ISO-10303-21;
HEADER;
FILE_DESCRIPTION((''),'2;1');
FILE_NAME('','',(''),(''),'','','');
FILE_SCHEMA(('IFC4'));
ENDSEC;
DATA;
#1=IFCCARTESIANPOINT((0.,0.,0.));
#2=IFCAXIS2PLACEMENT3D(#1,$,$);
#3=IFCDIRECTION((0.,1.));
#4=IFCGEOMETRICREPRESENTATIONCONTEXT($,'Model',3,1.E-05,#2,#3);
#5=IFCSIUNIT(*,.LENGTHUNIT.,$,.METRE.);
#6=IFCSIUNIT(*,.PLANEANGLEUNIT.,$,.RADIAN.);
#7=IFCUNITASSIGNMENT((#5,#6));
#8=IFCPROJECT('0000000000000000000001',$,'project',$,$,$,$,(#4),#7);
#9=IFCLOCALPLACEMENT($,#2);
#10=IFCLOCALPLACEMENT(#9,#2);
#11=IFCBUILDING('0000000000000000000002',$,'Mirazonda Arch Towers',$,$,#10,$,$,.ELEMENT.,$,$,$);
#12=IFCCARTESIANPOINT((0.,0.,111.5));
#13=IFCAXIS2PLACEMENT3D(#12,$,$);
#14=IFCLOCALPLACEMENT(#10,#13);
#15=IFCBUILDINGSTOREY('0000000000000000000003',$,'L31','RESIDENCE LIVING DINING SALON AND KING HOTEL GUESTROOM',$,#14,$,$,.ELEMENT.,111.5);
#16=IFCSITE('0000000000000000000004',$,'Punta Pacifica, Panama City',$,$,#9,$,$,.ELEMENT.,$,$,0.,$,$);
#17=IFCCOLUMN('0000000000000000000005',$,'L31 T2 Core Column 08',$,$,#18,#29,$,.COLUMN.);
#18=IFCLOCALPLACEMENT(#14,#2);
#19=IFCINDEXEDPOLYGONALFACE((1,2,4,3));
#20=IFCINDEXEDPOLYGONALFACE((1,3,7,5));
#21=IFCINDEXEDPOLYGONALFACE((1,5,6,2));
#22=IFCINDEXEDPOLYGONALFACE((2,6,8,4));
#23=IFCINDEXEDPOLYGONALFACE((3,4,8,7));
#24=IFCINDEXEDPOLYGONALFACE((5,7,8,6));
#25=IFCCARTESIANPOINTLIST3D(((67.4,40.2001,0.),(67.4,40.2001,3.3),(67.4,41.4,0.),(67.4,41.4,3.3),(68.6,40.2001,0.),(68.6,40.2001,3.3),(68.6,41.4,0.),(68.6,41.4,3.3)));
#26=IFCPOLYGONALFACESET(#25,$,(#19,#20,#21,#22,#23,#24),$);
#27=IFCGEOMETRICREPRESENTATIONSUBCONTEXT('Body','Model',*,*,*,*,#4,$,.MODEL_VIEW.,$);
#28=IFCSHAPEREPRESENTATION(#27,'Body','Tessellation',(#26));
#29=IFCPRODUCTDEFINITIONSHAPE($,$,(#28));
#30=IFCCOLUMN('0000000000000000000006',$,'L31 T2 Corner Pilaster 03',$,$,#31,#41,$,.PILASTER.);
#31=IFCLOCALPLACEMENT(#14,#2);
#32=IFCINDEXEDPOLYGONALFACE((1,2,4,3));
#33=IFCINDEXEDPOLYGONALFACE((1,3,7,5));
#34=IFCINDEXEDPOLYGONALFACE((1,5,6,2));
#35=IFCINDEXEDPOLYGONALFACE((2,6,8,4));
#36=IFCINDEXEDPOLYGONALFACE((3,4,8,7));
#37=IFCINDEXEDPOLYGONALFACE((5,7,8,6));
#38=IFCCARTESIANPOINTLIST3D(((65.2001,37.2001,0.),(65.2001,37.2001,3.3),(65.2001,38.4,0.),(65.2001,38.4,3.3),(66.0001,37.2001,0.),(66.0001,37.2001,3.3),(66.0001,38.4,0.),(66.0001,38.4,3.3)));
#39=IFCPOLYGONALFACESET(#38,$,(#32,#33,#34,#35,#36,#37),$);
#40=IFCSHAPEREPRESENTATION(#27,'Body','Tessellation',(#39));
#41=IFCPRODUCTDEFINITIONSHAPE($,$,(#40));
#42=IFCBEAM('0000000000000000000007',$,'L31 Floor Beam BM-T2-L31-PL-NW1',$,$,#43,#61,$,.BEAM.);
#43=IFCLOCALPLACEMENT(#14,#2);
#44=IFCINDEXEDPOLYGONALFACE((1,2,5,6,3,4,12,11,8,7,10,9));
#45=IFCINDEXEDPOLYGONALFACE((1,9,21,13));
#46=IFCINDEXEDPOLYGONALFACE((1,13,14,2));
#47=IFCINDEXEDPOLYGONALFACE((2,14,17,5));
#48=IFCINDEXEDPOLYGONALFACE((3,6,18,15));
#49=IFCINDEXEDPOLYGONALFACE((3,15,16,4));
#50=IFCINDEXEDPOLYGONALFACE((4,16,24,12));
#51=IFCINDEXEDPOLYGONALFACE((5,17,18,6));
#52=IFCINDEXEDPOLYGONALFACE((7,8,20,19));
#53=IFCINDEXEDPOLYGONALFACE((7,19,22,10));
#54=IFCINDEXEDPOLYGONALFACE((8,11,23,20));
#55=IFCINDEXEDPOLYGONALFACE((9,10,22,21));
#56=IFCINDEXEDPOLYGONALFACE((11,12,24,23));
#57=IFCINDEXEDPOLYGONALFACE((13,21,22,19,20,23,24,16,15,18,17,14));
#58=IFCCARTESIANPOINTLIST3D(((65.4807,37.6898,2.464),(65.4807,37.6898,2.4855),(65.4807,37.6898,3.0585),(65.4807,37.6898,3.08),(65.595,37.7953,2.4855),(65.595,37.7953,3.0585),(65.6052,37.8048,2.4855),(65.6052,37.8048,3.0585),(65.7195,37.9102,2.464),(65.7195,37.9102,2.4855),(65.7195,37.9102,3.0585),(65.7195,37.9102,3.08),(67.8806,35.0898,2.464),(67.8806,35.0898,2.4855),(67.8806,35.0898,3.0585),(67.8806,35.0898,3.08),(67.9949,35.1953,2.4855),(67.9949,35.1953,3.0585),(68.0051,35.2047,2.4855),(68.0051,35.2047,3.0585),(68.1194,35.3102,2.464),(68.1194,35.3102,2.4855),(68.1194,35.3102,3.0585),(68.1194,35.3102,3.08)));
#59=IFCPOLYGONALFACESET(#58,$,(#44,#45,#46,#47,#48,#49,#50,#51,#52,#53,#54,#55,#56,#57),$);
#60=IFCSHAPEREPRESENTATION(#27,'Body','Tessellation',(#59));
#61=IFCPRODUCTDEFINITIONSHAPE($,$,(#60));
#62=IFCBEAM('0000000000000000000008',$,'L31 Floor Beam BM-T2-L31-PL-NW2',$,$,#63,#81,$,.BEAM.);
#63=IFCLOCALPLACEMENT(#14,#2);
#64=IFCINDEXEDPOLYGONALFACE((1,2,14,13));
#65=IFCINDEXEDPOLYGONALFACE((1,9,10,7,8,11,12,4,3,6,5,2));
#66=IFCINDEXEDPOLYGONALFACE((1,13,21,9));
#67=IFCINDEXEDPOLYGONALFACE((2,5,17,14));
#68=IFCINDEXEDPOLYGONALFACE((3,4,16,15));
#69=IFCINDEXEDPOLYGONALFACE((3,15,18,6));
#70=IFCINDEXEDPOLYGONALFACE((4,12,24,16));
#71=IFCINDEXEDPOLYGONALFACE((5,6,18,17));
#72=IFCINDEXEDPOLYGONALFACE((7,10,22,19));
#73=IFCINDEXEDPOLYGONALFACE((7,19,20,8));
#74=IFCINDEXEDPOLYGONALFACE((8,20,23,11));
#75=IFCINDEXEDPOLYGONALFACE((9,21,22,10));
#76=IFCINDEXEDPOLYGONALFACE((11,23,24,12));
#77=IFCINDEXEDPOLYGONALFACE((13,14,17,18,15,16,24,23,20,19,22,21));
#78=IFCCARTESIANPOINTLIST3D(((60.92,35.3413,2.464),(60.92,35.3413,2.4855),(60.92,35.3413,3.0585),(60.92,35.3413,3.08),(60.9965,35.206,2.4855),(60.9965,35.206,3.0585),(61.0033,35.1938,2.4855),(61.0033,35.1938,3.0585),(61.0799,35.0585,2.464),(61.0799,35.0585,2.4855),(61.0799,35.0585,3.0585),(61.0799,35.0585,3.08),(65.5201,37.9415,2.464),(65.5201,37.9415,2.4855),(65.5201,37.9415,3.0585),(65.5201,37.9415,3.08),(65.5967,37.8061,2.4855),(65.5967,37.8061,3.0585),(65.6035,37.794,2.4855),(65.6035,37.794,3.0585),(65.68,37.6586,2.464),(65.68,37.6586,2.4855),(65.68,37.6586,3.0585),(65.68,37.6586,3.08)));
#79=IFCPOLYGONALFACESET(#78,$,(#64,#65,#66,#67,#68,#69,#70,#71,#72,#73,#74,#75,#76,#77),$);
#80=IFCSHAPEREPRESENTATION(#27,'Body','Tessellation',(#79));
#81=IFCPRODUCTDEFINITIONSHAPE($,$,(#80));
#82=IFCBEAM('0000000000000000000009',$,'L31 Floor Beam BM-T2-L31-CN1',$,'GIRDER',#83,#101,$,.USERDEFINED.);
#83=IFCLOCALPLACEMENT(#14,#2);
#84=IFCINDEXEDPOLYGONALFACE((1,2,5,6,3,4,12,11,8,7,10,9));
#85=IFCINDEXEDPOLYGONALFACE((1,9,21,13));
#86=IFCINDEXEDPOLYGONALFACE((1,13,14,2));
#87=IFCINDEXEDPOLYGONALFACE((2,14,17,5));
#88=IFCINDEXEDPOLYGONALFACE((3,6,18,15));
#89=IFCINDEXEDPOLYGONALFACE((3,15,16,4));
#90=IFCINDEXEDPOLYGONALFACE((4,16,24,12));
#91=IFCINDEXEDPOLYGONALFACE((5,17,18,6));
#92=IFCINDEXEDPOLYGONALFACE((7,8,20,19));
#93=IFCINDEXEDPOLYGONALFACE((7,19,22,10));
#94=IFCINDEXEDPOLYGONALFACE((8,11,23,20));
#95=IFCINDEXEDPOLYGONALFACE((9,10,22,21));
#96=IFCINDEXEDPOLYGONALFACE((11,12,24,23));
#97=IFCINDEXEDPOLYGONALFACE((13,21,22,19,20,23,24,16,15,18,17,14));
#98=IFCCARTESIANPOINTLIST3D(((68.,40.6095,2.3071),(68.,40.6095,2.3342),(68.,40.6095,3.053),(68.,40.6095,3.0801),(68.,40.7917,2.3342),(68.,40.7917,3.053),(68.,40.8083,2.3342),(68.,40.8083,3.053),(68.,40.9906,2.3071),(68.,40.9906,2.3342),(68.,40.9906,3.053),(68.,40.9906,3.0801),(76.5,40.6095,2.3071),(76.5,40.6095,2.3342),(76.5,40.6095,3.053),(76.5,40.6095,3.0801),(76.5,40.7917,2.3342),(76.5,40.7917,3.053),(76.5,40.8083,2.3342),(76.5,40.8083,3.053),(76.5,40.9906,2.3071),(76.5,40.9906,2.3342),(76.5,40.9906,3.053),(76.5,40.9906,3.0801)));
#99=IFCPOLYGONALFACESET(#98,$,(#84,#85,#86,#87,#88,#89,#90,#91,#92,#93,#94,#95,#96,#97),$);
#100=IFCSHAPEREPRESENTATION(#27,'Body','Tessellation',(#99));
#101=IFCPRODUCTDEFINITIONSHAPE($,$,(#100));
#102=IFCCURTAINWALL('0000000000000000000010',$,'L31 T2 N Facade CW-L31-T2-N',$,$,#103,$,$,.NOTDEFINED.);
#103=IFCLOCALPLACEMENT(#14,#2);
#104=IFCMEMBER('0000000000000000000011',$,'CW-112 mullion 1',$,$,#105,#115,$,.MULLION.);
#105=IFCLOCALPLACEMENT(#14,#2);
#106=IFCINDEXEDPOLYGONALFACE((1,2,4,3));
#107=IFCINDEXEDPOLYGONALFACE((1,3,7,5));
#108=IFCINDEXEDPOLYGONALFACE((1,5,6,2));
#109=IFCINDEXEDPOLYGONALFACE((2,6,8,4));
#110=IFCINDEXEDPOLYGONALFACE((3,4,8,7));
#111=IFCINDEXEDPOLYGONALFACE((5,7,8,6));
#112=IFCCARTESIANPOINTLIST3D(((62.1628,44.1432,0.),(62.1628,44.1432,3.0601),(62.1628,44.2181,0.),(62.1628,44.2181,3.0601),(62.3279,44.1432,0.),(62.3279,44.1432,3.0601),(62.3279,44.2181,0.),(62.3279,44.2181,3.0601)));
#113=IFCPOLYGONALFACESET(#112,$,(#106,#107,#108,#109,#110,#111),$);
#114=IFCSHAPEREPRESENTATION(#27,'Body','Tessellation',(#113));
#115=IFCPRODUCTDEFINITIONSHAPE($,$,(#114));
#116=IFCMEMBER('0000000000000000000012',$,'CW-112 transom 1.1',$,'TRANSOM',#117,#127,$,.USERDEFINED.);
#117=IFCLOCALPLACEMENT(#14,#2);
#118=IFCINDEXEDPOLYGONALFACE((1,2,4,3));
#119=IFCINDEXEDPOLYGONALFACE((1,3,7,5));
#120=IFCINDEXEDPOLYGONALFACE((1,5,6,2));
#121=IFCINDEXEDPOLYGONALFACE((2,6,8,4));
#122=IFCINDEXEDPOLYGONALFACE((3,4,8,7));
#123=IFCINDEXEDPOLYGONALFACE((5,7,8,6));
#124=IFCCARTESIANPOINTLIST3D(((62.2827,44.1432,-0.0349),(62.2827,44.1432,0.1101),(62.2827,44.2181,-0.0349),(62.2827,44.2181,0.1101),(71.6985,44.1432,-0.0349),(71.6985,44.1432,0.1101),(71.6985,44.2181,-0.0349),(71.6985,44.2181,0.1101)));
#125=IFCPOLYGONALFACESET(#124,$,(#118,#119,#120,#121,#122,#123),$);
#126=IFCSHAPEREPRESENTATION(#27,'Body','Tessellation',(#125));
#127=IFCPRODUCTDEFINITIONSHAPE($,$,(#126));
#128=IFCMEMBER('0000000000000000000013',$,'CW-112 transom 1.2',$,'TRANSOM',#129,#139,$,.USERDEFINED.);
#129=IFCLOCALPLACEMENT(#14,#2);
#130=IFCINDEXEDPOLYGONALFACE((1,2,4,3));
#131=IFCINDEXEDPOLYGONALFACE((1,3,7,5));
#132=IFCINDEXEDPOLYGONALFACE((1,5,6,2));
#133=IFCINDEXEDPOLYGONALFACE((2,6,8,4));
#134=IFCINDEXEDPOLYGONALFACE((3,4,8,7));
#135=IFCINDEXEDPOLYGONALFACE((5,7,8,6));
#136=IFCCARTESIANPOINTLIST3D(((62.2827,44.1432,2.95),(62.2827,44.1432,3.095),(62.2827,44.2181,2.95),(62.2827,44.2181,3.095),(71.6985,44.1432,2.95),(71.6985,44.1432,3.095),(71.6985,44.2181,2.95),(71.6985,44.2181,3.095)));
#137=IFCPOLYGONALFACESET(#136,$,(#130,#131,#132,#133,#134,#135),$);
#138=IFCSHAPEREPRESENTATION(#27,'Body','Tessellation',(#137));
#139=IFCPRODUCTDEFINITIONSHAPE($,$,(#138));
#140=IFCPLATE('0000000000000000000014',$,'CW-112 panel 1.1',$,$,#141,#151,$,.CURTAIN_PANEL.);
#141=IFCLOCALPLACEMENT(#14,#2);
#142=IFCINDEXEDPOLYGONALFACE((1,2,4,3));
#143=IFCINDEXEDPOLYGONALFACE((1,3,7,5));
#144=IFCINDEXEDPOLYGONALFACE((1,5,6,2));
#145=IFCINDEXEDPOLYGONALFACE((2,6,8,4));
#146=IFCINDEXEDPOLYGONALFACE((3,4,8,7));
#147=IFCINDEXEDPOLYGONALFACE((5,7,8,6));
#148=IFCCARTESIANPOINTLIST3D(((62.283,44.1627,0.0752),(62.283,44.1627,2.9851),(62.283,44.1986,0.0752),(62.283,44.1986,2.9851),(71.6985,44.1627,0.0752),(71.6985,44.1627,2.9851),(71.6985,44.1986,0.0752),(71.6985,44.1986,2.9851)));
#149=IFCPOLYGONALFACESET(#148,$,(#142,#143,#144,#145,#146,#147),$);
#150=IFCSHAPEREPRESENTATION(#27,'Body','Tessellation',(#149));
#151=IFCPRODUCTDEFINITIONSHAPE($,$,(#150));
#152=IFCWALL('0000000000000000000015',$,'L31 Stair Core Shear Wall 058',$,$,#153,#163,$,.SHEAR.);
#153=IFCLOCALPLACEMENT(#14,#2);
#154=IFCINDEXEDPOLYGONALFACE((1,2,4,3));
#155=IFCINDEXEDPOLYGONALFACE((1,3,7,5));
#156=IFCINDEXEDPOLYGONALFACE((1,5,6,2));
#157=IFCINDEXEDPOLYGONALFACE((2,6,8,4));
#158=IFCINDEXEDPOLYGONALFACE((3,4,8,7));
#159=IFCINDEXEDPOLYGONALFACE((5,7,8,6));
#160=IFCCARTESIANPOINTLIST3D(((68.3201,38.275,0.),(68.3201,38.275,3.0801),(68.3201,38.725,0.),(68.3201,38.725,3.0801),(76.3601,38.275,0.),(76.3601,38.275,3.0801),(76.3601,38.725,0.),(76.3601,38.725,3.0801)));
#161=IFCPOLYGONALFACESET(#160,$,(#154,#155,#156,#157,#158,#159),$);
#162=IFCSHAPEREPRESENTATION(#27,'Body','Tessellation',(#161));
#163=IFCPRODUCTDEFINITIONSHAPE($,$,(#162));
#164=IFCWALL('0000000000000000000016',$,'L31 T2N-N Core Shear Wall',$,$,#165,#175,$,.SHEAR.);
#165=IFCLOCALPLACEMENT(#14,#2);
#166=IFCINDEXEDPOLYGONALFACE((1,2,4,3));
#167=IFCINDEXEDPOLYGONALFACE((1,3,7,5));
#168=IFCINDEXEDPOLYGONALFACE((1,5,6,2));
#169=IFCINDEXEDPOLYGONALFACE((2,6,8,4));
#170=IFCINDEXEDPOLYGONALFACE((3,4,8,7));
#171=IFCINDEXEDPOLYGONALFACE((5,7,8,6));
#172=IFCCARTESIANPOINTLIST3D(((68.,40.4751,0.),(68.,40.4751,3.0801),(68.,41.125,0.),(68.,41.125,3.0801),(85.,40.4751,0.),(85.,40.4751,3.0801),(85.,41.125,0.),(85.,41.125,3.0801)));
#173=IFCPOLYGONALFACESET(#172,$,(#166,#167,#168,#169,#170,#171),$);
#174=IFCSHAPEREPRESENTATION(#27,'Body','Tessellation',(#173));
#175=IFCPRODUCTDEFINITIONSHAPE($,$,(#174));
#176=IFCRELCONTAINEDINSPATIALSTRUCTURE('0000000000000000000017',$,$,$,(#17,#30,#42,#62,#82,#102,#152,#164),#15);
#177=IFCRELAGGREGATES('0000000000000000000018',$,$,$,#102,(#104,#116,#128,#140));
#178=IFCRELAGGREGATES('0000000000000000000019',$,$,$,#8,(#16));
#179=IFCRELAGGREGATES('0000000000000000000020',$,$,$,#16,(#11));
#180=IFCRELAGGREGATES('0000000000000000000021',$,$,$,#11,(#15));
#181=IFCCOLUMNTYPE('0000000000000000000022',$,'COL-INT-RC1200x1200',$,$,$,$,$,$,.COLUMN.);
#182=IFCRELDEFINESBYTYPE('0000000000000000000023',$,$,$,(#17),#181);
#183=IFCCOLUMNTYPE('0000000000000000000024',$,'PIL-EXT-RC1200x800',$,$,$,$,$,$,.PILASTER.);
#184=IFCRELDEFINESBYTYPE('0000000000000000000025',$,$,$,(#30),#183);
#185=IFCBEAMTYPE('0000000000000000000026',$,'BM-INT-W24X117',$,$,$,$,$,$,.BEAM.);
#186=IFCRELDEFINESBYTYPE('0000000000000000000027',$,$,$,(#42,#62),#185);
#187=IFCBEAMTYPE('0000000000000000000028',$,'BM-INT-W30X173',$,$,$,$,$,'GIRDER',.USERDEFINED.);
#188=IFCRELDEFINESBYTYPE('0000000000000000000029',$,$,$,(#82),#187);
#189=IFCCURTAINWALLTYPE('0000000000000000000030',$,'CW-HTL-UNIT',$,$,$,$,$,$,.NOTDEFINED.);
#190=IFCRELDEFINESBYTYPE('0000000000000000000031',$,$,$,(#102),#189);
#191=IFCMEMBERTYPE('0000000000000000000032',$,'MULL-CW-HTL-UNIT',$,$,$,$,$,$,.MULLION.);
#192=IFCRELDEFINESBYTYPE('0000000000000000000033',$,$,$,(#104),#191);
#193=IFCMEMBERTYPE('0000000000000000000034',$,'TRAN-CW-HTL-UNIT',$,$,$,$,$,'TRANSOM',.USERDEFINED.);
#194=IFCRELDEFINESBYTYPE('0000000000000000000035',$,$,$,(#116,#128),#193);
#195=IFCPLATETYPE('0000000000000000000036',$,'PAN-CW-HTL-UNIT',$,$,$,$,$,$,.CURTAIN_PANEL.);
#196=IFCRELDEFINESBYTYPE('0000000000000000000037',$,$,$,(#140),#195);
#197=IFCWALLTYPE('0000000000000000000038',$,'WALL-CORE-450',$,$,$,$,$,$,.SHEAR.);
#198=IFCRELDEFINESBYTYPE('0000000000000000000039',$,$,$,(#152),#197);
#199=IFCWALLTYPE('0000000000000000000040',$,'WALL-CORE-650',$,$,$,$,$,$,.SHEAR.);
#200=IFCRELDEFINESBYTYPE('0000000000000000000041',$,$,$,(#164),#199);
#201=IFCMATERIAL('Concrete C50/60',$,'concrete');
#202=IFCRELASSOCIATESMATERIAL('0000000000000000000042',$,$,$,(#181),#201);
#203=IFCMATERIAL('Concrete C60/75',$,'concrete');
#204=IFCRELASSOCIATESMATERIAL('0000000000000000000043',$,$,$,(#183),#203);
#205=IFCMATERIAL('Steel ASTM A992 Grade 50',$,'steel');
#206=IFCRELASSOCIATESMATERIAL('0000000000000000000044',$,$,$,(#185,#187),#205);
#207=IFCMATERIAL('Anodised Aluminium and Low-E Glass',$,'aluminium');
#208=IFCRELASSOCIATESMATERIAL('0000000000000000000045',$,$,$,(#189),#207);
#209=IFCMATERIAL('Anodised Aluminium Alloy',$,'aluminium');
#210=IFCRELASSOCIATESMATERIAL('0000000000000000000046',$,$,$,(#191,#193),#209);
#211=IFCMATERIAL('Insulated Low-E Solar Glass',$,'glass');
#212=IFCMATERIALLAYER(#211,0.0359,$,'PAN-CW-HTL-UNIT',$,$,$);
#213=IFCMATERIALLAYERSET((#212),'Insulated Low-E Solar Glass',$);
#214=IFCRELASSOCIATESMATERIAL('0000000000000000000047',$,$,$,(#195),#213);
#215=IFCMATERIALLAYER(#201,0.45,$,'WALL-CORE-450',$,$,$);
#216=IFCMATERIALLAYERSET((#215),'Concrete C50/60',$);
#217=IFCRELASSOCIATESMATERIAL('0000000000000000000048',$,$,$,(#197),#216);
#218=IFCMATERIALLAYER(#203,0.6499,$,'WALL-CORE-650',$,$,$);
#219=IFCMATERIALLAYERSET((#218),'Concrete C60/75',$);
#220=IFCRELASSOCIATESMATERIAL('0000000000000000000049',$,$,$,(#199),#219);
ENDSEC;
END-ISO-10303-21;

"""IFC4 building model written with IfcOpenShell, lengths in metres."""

from ifc_helpers import new_model, si_unit, direction, frame, frame_2d, origin, origin_2d, place, context, subcontext, project, spatial, rectangle, i_section, extrude, material, layer, layer_set, material_profile, profile_set, type_object, element, aggregate, save


model = new_model("IFC4")

# Units and contexts
model_context = context("Model", 3, precision=1e-05, world=origin(), true_north=direction((0.0, 1.0)))
body_context = subcontext(model_context, "Body", "Model", "MODEL_VIEW")
ifc_project = project(units=[si_unit("LENGTHUNIT", "METRE"), si_unit("PLANEANGLEUNIT", "RADIAN")], contexts=[model_context])

# Site, building, storey
site_placement = place(None, origin())
site = spatial("IfcSite", under=ifc_project, at=site_placement, Name="Punta Pacifica, Panama City", CompositionType="ELEMENT", RefElevation=0.0)
building_placement = place(site_placement, origin())
building = spatial("IfcBuilding", under=site, at=building_placement, Name="Mirazonda Arch Towers", CompositionType="ELEMENT")
storey_placement = place(building_placement, frame((0.0, 0.0, 111.5)))
storey = spatial("IfcBuildingStorey", under=building, at=storey_placement, Name="L31", Description="RESIDENCE LIVING DINING SALON AND KING HOTEL GUESTROOM", CompositionType="ELEMENT", Elevation=111.5)

# Columns
ifc_material_1 = material(Name="Concrete C50/60", Category="concrete")
ifc_material_profile_1 = material_profile(ifc_material_1, rectangle(XDim=1.2, YDim=1.2, at=origin_2d()), Name="RC1200x1200")
ifc_profile_set_1 = profile_set([ifc_material_profile_1], Name="Concrete C50/60")
column_type_1 = type_object("IfcColumnType", Name="COL-INT-RC1200x1200", PredefinedType="COLUMN", material=ifc_profile_set_1)
column_1_placement = place(storey_placement, frame((68.0, 40.8, 0.0), z_axis=(0.0, 0.0, 1.0), x_axis=(1.0, 0.0, 0.0)))
element("IfcColumn", 1, at=column_1_placement, inside=storey, type_object=column_type_1, Name="L31 T2 Core Column 08", PredefinedType="COLUMN", context=body_context, shape_type="SweptSolid", body=[
    extrude(rectangle(XDim=1.2, YDim=1.2, at=origin_2d()), origin(), (0.0, 0.0, 1.0), 3.3),
])
ifc_material_2 = material(Name="Concrete C60/75", Category="concrete")
ifc_material_profile_2 = material_profile(ifc_material_2, rectangle(XDim=0.8, YDim=1.2, at=origin_2d()), Name="RC1200x800")
ifc_profile_set_2 = profile_set([ifc_material_profile_2], Name="Concrete C60/75")
column_type_2 = type_object("IfcColumnType", Name="PIL-EXT-RC1200x800", PredefinedType="PILASTER", material=ifc_profile_set_2)
column_2_placement = place(storey_placement, frame((65.6001, 37.8, 0.0), z_axis=(0.0, 0.0, 1.0), x_axis=(1.0, 0.0, 0.0)))
element("IfcColumn", 2, at=column_2_placement, inside=storey, type_object=column_type_2, Name="L31 T2 Corner Pilaster 03", PredefinedType="PILASTER", context=body_context, shape_type="SweptSolid", body=[
    extrude(rectangle(XDim=0.8, YDim=1.2, at=origin_2d()), origin(), (0.0, 0.0, 1.0), 3.3),
])

# Beams
ifc_material_3 = material(Name="Steel ASTM A992 Grade 50", Category="steel")
ifc_material_profile_3 = material_profile(ifc_material_3, i_section(OverallWidth=0.325, OverallDepth=0.616, WebThickness=0.0139, FlangeThickness=0.0215, at=origin_2d()), Name="W24X117")
ifc_profile_set_3 = profile_set([ifc_material_profile_3], Name="Steel ASTM A992 Grade 50")
beam_type_1 = type_object("IfcBeamType", Name="BM-INT-W24X117", PredefinedType="BEAM", material=ifc_profile_set_3)
beam_1_placement = place(storey_placement, frame((65.6001, 37.8, 2.772), z_axis=(0.678251, -0.73483, 0.0), x_axis=(0.73483, 0.678251, 0.0)))
element("IfcBeam", 3, at=beam_1_placement, inside=storey, type_object=beam_type_1, Name="L31 Floor Beam BM-T2-L31-PL-NW1", PredefinedType="BEAM", context=body_context, shape_type="SweptSolid", body=[
    extrude(i_section(OverallWidth=0.325, OverallDepth=0.616, WebThickness=0.0139, FlangeThickness=0.0215, at=origin_2d()), origin(), (0.0, 0.0, 1.0), 3.5383),
])
beam_2_placement = place(storey_placement, frame((65.6001, 37.8, 2.772), z_axis=(-0.870559, -0.492063, 0.0), x_axis=(0.492063, -0.870559, 0.0)))
element("IfcBeam", 4, at=beam_2_placement, inside=storey, type_object=beam_type_1, Name="L31 Floor Beam BM-T2-L31-PL-NW2", PredefinedType="BEAM", context=body_context, shape_type="SweptSolid", body=[
    extrude(i_section(OverallWidth=0.325, OverallDepth=0.616, WebThickness=0.0139, FlangeThickness=0.0215, at=origin_2d()), origin(), (0.0, 0.0, 1.0), 5.2842),
])
ifc_material_profile_4 = material_profile(ifc_material_3, i_section(OverallWidth=0.3811, OverallDepth=0.7729, WebThickness=0.0166, FlangeThickness=0.0271, at=origin_2d()), Name="W30X173")
ifc_profile_set_4 = profile_set([ifc_material_profile_4], Name="Steel ASTM A992 Grade 50")
beam_type_2 = type_object("IfcBeamType", Name="BM-INT-W30X173", ElementType="GIRDER", PredefinedType="USERDEFINED", material=ifc_profile_set_4)
beam_3_placement = place(storey_placement, frame((68.0, 40.8, 2.6936), z_axis=(1.0, 0.0, 0.0), x_axis=(0.0, 1.0, 0.0)))
element("IfcBeam", 5, at=beam_3_placement, inside=storey, type_object=beam_type_2, Name="L31 Floor Beam BM-T2-L31-CN1", ObjectType="GIRDER", PredefinedType="USERDEFINED", context=body_context, shape_type="SweptSolid", body=[
    extrude(i_section(OverallWidth=0.3811, OverallDepth=0.7729, WebThickness=0.0166, FlangeThickness=0.0271, at=origin_2d()), origin(), (0.0, 0.0, 1.0), 8.5),
])

# Curtain wall, members, plate
ifc_material_4 = material(Name="Anodised Aluminium and Low-E Glass", Category="aluminium")
curtain_wall_type = type_object("IfcCurtainWallType", Name="CW-HTL-UNIT", PredefinedType="NOTDEFINED", material=ifc_material_4)
curtain_wall_placement = place(storey_placement, origin())
curtain_wall = element("IfcCurtainWall", 6, at=curtain_wall_placement, inside=storey, type_object=curtain_wall_type, Name="L31 T2 N Facade CW-L31-T2-N", PredefinedType="NOTDEFINED")
ifc_material_5 = material(Name="Anodised Aluminium Alloy", Category="aluminium")
ifc_material_profile_5 = material_profile(ifc_material_5, rectangle(XDim=0.075, YDim=0.165, at=origin_2d()), Name="ALU-MULL-75x165")
ifc_profile_set_5 = profile_set([ifc_material_profile_5], Name="Anodised Aluminium Alloy")
member_type_1 = type_object("IfcMemberType", Name="MULL-CW-HTL-UNIT", PredefinedType="MULLION", material=ifc_profile_set_5)
member_1_placement = place(storey_placement, frame((62.2454, 44.1807, 0.0), z_axis=(0.0, 0.0, 1.0), x_axis=(0.0, 1.0, 0.0)))
member_1 = element("IfcMember", 7, at=member_1_placement, type_object=member_type_1, Name="CW-112 mullion 1", PredefinedType="MULLION", context=body_context, shape_type="SweptSolid", body=[
    extrude(rectangle(XDim=0.075, YDim=0.165, at=origin_2d()), origin(), (0.0, 0.0, 1.0), 3.0601),
])
ifc_material_profile_6 = material_profile(ifc_material_5, rectangle(XDim=0.075, YDim=0.145, at=origin_2d()), Name="ALU-TRAN-75x145")
ifc_profile_set_6 = profile_set([ifc_material_profile_6], Name="Anodised Aluminium Alloy")
member_type_2 = type_object("IfcMemberType", Name="TRAN-CW-HTL-UNIT", ElementType="TRANSOM", PredefinedType="USERDEFINED", material=ifc_profile_set_6)
member_2_placement = place(storey_placement, frame((62.2827, 44.1807, 0.0376), z_axis=(1.0, 0.0, 0.0), x_axis=(0.0, 1.0, 0.0)))
member_2 = element("IfcMember", 8, at=member_2_placement, type_object=member_type_2, Name="CW-112 transom 1.1", ObjectType="TRANSOM", PredefinedType="USERDEFINED", context=body_context, shape_type="SweptSolid", body=[
    extrude(rectangle(XDim=0.075, YDim=0.145, at=origin_2d()), origin(), (0.0, 0.0, 1.0), 9.4158),
])
member_3_placement = place(storey_placement, frame((62.2827, 44.1807, 3.0225), z_axis=(1.0, 0.0, 0.0), x_axis=(0.0, 1.0, 0.0)))
member_3 = element("IfcMember", 9, at=member_3_placement, type_object=member_type_2, Name="CW-112 transom 1.2", ObjectType="TRANSOM", PredefinedType="USERDEFINED", context=body_context, shape_type="SweptSolid", body=[
    extrude(rectangle(XDim=0.075, YDim=0.145, at=origin_2d()), origin(), (0.0, 0.0, 1.0), 9.4158),
])
ifc_material_6 = material(Name="Insulated Low-E Solar Glass", Category="glass")
ifc_layer_1 = layer(ifc_material_6, 0.0359, Name="PAN-CW-HTL-UNIT")
ifc_layer_set_1 = layer_set([ifc_layer_1], Name="Insulated Low-E Solar Glass")
plate_type = type_object("IfcPlateType", Name="PAN-CW-HTL-UNIT", PredefinedType="CURTAIN_PANEL", material=ifc_layer_set_1)
plate_placement = place(storey_placement, frame((66.9907, 44.1807, 0.0752), z_axis=(0.0, 0.0, 1.0), x_axis=(1.0, 0.0, 0.0)))
plate = element("IfcPlate", 10, at=plate_placement, type_object=plate_type, Name="CW-112 panel 1.1", PredefinedType="CURTAIN_PANEL", context=body_context, shape_type="SweptSolid", body=[
    extrude(rectangle(XDim=9.4155, YDim=0.0359, at=origin_2d()), origin(), (0.0, 0.0, 1.0), 2.9099),
])
aggregate(curtain_wall, [member_1, member_2, member_3, plate])

# Walls
ifc_layer_2 = layer(ifc_material_1, 0.45, Name="WALL-CORE-450")
ifc_layer_set_2 = layer_set([ifc_layer_2], Name="Concrete C50/60")
wall_type_1 = type_object("IfcWallType", Name="WALL-CORE-450", PredefinedType="SHEAR", material=ifc_layer_set_2)
wall_1_placement = place(storey_placement, frame((68.3201, 38.5, 0.0), z_axis=(0.0, 0.0, 1.0), x_axis=(1.0, 0.0, 0.0)))
element("IfcWall", 11, at=wall_1_placement, inside=storey, type_object=wall_type_1, Name="L31 Stair Core Shear Wall 058", PredefinedType="SHEAR", context=body_context, shape_type="SweptSolid", body=[
    extrude(rectangle(XDim=8.04, YDim=0.45, at=frame_2d((4.02, 0.0))), origin(), (0.0, 0.0, 1.0), 3.0801),
])
ifc_layer_3 = layer(ifc_material_2, 0.6499, Name="WALL-CORE-650")
ifc_layer_set_3 = layer_set([ifc_layer_3], Name="Concrete C60/75")
wall_type_2 = type_object("IfcWallType", Name="WALL-CORE-650", PredefinedType="SHEAR", material=ifc_layer_set_3)
wall_2_placement = place(storey_placement, frame((68.0, 40.8, 0.0), z_axis=(0.0, 0.0, 1.0), x_axis=(1.0, 0.0, 0.0)))
element("IfcWall", 12, at=wall_2_placement, inside=storey, type_object=wall_type_2, Name="L31 T2N-N Core Shear Wall", PredefinedType="SHEAR", context=body_context, shape_type="SweptSolid", body=[
    extrude(rectangle(XDim=17.0, YDim=0.6499, at=frame_2d((8.5, 0.0))), origin(), (0.0, 0.0, 1.0), 3.0801),
])

save(model, "model.ifc")
